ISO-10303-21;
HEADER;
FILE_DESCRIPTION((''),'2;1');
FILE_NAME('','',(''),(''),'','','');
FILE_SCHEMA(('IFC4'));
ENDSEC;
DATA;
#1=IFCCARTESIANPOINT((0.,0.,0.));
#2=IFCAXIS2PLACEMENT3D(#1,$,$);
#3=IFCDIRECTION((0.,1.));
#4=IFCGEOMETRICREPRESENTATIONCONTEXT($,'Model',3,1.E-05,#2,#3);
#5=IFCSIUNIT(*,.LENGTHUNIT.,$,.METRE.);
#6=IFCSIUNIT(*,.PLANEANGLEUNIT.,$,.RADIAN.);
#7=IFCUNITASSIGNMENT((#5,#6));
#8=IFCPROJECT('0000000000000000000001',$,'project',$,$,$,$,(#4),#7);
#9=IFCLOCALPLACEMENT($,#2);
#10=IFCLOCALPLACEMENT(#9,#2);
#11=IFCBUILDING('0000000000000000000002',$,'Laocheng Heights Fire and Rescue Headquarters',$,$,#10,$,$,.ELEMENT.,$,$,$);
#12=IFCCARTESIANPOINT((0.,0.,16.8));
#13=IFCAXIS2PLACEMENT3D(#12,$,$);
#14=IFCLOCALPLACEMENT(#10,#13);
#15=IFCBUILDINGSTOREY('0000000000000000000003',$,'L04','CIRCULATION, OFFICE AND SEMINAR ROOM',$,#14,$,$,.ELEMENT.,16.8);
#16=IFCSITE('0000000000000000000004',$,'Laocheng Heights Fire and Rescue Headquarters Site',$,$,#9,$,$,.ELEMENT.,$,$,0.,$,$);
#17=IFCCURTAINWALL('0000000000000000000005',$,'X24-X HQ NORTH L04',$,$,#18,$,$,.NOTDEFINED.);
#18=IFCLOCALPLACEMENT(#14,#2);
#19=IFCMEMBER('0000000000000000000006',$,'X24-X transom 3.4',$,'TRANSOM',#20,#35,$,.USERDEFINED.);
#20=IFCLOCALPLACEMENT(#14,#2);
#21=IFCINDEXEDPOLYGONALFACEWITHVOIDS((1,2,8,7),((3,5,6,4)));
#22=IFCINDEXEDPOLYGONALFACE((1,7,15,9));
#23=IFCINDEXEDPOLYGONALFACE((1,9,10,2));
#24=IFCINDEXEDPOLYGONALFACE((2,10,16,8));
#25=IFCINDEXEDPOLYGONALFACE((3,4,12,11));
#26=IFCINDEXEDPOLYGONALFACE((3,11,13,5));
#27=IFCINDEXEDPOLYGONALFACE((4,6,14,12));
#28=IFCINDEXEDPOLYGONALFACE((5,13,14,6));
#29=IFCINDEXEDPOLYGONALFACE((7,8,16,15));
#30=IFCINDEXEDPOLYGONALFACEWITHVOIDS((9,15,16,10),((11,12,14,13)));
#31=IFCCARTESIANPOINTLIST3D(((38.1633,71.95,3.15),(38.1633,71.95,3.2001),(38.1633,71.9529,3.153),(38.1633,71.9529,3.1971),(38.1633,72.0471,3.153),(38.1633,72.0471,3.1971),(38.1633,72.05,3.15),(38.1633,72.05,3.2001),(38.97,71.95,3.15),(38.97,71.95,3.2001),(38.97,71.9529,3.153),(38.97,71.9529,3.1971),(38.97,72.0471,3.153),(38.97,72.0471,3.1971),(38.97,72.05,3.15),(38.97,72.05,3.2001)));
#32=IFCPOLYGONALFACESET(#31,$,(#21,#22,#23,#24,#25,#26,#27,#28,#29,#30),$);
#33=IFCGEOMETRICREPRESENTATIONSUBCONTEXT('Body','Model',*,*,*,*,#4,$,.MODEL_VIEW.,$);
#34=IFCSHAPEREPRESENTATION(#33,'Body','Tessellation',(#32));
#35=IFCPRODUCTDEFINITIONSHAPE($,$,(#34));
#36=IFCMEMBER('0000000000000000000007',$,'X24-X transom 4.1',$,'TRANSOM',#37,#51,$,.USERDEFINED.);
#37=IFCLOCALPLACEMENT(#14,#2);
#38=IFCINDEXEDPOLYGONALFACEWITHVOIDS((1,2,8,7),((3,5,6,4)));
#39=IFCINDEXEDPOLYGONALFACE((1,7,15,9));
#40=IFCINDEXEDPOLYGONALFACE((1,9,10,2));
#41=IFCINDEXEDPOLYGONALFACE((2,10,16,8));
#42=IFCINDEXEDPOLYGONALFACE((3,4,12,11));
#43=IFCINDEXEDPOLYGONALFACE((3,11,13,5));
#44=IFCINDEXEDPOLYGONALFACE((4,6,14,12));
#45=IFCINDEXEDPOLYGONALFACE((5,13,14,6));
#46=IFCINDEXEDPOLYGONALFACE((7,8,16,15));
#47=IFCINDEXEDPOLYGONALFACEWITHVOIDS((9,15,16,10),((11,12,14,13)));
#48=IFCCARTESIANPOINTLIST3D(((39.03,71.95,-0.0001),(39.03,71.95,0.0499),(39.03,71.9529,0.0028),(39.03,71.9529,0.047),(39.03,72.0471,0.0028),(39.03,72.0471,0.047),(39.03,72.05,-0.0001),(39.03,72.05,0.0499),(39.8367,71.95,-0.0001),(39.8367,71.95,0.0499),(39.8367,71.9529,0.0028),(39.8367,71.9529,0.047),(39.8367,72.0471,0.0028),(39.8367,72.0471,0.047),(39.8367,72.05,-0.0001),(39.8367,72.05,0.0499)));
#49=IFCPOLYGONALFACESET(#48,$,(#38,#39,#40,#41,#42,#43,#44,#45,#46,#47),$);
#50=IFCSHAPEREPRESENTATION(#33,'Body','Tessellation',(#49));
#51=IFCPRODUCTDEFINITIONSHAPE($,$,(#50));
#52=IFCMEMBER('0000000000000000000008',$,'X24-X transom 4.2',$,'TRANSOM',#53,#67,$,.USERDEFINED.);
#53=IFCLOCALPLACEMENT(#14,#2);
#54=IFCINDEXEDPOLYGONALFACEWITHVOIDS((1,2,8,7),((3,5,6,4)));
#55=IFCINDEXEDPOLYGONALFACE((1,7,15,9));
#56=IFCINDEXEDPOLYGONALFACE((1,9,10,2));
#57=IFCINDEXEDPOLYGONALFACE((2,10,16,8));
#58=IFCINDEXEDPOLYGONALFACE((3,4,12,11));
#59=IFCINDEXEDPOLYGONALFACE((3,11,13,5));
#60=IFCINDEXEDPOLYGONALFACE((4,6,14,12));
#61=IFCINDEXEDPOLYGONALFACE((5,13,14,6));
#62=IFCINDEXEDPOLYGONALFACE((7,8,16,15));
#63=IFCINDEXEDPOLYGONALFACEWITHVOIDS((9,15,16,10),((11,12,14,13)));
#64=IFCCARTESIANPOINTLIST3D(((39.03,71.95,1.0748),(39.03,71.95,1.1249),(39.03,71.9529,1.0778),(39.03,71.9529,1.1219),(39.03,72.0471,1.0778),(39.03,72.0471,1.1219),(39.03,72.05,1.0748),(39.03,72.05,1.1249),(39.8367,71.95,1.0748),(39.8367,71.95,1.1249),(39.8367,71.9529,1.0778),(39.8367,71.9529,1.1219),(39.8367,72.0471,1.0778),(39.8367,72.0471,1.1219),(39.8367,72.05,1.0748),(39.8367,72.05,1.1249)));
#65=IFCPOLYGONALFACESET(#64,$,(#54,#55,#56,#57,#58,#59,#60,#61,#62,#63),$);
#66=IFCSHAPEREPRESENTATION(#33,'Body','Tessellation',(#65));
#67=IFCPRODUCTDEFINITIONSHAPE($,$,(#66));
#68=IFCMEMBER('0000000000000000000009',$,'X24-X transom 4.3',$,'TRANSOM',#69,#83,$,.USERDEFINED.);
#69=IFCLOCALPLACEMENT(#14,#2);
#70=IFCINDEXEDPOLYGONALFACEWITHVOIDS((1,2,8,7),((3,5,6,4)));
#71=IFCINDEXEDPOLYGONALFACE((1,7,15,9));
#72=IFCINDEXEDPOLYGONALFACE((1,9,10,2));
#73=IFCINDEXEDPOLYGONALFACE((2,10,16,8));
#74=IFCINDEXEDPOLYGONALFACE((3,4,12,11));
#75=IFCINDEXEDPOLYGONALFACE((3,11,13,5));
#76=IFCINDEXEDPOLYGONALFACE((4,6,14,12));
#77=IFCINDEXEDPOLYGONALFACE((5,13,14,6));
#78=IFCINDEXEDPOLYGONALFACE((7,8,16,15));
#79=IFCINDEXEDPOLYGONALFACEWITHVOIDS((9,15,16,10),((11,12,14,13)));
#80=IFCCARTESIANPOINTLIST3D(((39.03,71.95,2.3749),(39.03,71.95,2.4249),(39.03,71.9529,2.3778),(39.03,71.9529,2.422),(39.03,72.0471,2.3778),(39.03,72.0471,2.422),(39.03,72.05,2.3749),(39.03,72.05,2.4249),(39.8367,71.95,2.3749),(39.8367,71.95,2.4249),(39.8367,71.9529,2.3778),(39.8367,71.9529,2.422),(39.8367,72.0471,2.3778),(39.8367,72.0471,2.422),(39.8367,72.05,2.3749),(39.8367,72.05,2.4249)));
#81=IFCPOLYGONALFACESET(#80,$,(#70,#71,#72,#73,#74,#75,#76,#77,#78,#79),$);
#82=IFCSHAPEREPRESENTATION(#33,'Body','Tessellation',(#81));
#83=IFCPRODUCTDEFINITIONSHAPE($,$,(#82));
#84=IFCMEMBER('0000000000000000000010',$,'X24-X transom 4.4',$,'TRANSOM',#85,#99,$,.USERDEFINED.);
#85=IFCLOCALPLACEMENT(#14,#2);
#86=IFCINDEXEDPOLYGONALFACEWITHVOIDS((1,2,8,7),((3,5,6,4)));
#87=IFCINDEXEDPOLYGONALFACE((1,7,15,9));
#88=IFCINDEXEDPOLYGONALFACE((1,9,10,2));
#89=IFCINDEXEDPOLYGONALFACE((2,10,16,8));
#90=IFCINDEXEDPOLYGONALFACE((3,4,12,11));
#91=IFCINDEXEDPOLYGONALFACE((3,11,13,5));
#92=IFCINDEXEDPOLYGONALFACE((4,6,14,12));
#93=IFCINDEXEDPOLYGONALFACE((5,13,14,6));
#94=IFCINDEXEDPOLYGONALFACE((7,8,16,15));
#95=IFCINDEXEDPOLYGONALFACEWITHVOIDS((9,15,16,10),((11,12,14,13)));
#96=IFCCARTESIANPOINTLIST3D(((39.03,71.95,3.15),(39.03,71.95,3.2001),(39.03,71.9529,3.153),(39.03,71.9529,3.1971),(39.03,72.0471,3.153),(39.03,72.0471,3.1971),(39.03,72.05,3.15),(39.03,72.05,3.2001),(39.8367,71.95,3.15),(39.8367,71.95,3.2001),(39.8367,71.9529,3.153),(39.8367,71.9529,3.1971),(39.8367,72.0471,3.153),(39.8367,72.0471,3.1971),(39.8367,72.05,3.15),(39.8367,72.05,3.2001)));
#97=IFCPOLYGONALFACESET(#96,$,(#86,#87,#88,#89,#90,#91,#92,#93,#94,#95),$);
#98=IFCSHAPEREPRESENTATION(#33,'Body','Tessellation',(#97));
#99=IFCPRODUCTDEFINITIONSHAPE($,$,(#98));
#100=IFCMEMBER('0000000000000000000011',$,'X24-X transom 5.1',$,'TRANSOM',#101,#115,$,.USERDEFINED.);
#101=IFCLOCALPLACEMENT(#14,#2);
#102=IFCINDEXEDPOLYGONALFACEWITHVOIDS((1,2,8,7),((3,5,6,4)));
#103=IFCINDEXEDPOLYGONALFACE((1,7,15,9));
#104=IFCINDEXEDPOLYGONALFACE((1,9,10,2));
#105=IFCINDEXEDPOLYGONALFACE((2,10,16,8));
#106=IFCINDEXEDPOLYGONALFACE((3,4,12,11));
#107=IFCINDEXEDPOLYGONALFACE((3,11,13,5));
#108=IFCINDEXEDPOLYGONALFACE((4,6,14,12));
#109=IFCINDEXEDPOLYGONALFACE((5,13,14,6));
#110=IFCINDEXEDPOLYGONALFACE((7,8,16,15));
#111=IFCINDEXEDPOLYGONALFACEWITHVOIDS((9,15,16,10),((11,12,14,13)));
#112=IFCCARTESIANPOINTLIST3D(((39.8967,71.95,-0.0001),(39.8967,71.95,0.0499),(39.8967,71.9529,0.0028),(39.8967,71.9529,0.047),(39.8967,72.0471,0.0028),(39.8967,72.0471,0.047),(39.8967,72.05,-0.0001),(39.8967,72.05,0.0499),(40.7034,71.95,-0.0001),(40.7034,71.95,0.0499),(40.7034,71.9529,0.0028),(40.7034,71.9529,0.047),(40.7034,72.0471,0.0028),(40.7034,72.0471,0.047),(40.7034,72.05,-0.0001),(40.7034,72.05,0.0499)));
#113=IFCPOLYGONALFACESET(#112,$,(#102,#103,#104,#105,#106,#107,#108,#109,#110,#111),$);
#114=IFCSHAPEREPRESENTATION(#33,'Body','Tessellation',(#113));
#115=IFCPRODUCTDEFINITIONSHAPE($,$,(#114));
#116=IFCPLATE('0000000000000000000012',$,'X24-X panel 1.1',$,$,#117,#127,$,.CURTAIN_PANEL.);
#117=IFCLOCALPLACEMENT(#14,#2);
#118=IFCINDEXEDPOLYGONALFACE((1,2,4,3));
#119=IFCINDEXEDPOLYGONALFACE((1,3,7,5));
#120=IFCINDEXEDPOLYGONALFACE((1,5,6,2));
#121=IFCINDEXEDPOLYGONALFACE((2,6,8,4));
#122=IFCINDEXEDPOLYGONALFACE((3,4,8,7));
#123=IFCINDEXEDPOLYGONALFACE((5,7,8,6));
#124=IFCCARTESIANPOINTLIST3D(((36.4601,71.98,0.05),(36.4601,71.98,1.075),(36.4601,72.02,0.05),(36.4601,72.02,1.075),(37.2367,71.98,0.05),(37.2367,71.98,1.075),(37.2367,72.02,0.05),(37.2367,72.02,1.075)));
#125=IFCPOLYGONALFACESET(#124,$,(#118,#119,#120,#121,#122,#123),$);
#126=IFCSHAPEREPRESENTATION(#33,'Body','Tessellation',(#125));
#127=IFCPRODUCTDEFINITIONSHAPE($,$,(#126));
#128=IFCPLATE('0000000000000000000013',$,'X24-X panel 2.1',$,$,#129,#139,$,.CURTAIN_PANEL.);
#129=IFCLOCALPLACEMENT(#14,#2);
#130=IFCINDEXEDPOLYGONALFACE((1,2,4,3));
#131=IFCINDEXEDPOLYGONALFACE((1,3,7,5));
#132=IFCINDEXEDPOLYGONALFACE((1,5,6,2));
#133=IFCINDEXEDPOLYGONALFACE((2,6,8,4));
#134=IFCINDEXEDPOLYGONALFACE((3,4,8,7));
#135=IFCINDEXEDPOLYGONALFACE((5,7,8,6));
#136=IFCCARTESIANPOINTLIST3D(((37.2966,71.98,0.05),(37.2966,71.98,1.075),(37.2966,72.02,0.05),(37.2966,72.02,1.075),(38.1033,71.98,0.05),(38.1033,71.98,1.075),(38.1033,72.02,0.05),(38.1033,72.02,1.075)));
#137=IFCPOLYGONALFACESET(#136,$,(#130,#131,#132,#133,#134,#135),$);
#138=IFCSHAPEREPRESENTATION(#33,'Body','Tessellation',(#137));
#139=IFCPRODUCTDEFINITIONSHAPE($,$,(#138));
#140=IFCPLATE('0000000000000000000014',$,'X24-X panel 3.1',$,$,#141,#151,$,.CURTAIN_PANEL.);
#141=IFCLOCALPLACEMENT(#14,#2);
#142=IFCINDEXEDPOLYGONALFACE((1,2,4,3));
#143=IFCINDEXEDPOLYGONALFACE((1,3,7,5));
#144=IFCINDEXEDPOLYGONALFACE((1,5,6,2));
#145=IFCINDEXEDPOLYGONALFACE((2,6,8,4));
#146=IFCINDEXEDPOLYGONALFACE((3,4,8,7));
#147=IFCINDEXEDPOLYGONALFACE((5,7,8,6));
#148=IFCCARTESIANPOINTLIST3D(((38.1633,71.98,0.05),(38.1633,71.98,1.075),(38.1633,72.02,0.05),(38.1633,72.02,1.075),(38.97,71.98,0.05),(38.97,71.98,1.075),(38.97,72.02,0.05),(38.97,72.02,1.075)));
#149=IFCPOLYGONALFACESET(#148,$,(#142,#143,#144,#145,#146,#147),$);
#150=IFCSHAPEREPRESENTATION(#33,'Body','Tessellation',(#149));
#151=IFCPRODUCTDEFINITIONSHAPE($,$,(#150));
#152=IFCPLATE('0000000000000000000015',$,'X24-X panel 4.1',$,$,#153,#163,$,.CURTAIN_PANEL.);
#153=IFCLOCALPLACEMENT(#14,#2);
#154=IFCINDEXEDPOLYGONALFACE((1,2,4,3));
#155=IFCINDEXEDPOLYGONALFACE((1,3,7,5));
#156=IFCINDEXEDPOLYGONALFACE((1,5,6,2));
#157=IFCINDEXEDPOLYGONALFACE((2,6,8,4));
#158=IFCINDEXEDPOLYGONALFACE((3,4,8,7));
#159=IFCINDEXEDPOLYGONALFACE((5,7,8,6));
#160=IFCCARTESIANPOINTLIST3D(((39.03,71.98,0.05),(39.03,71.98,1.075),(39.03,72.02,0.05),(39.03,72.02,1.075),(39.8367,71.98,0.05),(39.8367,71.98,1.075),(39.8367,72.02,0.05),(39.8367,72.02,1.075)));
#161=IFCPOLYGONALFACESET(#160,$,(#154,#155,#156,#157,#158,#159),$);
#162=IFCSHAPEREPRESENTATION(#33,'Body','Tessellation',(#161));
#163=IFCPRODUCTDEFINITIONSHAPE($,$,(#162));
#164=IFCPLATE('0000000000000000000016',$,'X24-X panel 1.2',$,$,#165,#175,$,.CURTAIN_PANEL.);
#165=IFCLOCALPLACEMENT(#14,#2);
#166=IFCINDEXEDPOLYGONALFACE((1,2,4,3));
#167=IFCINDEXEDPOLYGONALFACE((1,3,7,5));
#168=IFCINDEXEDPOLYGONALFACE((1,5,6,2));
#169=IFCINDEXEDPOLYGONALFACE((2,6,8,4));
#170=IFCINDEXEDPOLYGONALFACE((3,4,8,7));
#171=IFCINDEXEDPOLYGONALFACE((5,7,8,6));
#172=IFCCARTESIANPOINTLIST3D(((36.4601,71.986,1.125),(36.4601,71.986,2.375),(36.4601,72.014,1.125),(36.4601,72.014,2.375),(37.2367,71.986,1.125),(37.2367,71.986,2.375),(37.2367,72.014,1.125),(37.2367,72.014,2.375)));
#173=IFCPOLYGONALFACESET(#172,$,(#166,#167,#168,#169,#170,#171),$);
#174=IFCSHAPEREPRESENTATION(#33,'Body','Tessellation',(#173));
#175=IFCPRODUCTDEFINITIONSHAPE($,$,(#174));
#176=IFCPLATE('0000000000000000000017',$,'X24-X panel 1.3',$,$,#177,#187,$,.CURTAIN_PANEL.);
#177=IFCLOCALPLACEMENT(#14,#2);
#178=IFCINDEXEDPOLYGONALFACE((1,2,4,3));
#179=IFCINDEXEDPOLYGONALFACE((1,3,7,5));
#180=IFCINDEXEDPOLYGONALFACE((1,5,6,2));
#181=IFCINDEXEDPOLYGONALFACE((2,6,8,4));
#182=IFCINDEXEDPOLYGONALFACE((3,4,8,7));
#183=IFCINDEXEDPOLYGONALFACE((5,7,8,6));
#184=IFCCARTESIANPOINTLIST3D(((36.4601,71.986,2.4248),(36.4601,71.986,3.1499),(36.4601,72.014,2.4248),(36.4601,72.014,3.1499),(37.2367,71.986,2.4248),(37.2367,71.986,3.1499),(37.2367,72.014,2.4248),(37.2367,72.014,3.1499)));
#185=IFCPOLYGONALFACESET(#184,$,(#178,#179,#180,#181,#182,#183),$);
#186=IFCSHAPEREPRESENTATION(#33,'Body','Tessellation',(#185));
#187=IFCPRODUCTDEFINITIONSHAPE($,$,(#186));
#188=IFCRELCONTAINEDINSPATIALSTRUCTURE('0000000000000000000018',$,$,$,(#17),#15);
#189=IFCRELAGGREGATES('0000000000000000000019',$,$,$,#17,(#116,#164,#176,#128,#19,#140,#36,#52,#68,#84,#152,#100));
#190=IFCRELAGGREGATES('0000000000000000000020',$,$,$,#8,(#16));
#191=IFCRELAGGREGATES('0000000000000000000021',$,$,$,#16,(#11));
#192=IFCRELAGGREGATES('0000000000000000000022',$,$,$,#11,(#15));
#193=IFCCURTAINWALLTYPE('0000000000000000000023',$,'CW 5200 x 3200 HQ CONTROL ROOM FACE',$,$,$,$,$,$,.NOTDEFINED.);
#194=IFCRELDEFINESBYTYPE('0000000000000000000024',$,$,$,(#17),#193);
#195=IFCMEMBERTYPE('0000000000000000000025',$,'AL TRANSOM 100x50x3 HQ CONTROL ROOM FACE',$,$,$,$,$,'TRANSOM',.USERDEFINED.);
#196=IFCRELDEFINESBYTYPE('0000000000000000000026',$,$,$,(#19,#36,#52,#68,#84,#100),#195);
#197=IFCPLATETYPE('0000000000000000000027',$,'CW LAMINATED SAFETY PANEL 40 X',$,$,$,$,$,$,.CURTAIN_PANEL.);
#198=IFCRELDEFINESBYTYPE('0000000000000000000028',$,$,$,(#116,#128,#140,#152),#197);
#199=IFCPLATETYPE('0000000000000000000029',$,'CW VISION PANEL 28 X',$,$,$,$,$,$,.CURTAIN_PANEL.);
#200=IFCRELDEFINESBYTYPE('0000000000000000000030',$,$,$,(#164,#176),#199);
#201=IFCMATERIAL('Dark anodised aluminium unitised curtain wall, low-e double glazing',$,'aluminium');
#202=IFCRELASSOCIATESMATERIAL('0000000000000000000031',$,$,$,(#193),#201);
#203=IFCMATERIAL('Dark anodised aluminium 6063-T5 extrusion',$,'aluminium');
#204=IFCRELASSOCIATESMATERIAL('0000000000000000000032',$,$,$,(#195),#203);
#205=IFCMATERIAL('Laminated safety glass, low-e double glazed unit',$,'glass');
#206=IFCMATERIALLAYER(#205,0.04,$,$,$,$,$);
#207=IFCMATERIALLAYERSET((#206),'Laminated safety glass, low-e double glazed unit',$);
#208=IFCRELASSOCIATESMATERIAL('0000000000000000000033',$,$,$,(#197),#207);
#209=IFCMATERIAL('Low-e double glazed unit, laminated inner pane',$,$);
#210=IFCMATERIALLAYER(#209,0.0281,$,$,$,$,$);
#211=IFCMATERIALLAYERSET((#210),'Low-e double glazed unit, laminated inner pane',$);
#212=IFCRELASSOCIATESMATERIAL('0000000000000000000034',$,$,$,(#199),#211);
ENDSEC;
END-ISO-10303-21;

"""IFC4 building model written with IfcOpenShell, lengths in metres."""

from ifc_helpers import new_model, si_unit, direction, frame, origin, origin_2d, place, context, subcontext, project, spatial, rectangle, hollow_rectangle, extrude, material, layer, layer_set, material_profile, profile_set, type_object, element, aggregate, save


model = new_model("IFC4")

# Units and contexts
model_context = context("Model", 3, precision=1e-05, world=origin(), true_north=direction((0.0, 1.0)))
body_context = subcontext(model_context, "Body", "Model", "MODEL_VIEW")
ifc_project = project(units=[si_unit("LENGTHUNIT", "METRE"), si_unit("PLANEANGLEUNIT", "RADIAN")], contexts=[model_context])

# Site, building, storey
site_placement = place(None, origin())
site = spatial("IfcSite", under=ifc_project, at=site_placement, Name="Laocheng Heights Fire and Rescue Headquarters Site", CompositionType="ELEMENT", RefElevation=0.0)
building_placement = place(site_placement, origin())
building = spatial("IfcBuilding", under=site, at=building_placement, Name="Laocheng Heights Fire and Rescue Headquarters", CompositionType="ELEMENT")
storey_placement = place(building_placement, frame((0.0, 0.0, 16.8)))
storey = spatial("IfcBuildingStorey", under=building, at=storey_placement, Name="L04", Description="CIRCULATION, OFFICE AND SEMINAR ROOM", CompositionType="ELEMENT", Elevation=16.8)

# Curtain wall, members, plates
ifc_material_1 = material(Name="Dark anodised aluminium unitised curtain wall, low-e double glazing", Category="aluminium")
curtain_wall_type = type_object("IfcCurtainWallType", Name="CW 5200 x 3200 HQ CONTROL ROOM FACE", PredefinedType="NOTDEFINED", material=ifc_material_1)
curtain_wall_placement = place(storey_placement, origin())
curtain_wall = element("IfcCurtainWall", 1, at=curtain_wall_placement, inside=storey, type_object=curtain_wall_type, Name="X24-X HQ NORTH L04", PredefinedType="NOTDEFINED")
ifc_material_2 = material(Name="Dark anodised aluminium 6063-T5 extrusion", Category="aluminium")
ifc_material_profile_1 = material_profile(ifc_material_2, hollow_rectangle(XDim=0.1001, YDim=0.05, WallThickness=0.0029, at=origin_2d()), Name="AL TRANSOM 100x50x3 HQ CONTROL ROOM FACE")
ifc_profile_set_1 = profile_set([ifc_material_profile_1], Name="Dark anodised aluminium 6063-T5 extrusion")
member_type_1 = type_object("IfcMemberType", Name="AL TRANSOM 100x50x3 HQ CONTROL ROOM FACE", ElementType="TRANSOM", PredefinedType="USERDEFINED", material=ifc_profile_set_1)
member_1_placement = place(storey_placement, frame((38.1633, 72.0, 3.175), z_axis=(1.0, 0.0, 0.0), x_axis=(0.0, 1.0, 0.0)))
member_1 = element("IfcMember", 2, at=member_1_placement, type_object=member_type_1, Name="X24-X transom 3.4", ObjectType="TRANSOM", PredefinedType="USERDEFINED", context=body_context, shape_type="SweptSolid", body=[
    extrude(hollow_rectangle(XDim=0.1001, YDim=0.05, WallThickness=0.0029, at=origin_2d()), origin(), (0.0, 0.0, 1.0), 0.8066),
])
member_2_placement = place(storey_placement, frame((39.03, 72.0, 0.0249), z_axis=(1.0, 0.0, 0.0), x_axis=(0.0, 1.0, 0.0)))
member_2 = element("IfcMember", 3, at=member_2_placement, type_object=member_type_1, Name="X24-X transom 4.1", ObjectType="TRANSOM", PredefinedType="USERDEFINED", context=body_context, shape_type="SweptSolid", body=[
    extrude(hollow_rectangle(XDim=0.1001, YDim=0.05, WallThickness=0.0029, at=origin_2d()), origin(), (0.0, 0.0, 1.0), 0.8066),
])
member_3_placement = place(storey_placement, frame((39.03, 72.0, 1.0999), z_axis=(1.0, 0.0, 0.0), x_axis=(0.0, 1.0, 0.0)))
member_3 = element("IfcMember", 4, at=member_3_placement, type_object=member_type_1, Name="X24-X transom 4.2", ObjectType="TRANSOM", PredefinedType="USERDEFINED", context=body_context, shape_type="SweptSolid", body=[
    extrude(hollow_rectangle(XDim=0.1001, YDim=0.05, WallThickness=0.0029, at=origin_2d()), origin(), (0.0, 0.0, 1.0), 0.8066),
])
member_4_placement = place(storey_placement, frame((39.03, 72.0, 2.3999), z_axis=(1.0, 0.0, 0.0), x_axis=(0.0, 1.0, 0.0)))
member_4 = element("IfcMember", 5, at=member_4_placement, type_object=member_type_1, Name="X24-X transom 4.3", ObjectType="TRANSOM", PredefinedType="USERDEFINED", context=body_context, shape_type="SweptSolid", body=[
    extrude(hollow_rectangle(XDim=0.1001, YDim=0.05, WallThickness=0.0029, at=origin_2d()), origin(), (0.0, 0.0, 1.0), 0.8066),
])
member_5_placement = place(storey_placement, frame((39.03, 72.0, 3.175), z_axis=(1.0, 0.0, 0.0), x_axis=(0.0, 1.0, 0.0)))
member_5 = element("IfcMember", 6, at=member_5_placement, type_object=member_type_1, Name="X24-X transom 4.4", ObjectType="TRANSOM", PredefinedType="USERDEFINED", context=body_context, shape_type="SweptSolid", body=[
    extrude(hollow_rectangle(XDim=0.1001, YDim=0.05, WallThickness=0.0029, at=origin_2d()), origin(), (0.0, 0.0, 1.0), 0.8066),
])
member_6_placement = place(storey_placement, frame((39.8967, 72.0, 0.0249), z_axis=(1.0, 0.0, 0.0), x_axis=(0.0, 1.0, 0.0)))
member_6 = element("IfcMember", 7, at=member_6_placement, type_object=member_type_1, Name="X24-X transom 5.1", ObjectType="TRANSOM", PredefinedType="USERDEFINED", context=body_context, shape_type="SweptSolid", body=[
    extrude(hollow_rectangle(XDim=0.1001, YDim=0.05, WallThickness=0.0029, at=origin_2d()), origin(), (0.0, 0.0, 1.0), 0.8066),
])
ifc_material_3 = material(Name="Laminated safety glass, low-e double glazed unit", Category="glass")
ifc_layer_1 = layer(ifc_material_3, 0.04)
ifc_layer_set_1 = layer_set([ifc_layer_1], Name="Laminated safety glass, low-e double glazed unit")
plate_type_1 = type_object("IfcPlateType", Name="CW LAMINATED SAFETY PANEL 40 X", PredefinedType="CURTAIN_PANEL", material=ifc_layer_set_1)
plate_1_placement = place(storey_placement, frame((36.8484, 72.0, 0.05), z_axis=(0.0, 0.0, 1.0), x_axis=(1.0, 0.0, 0.0)))
plate_1 = element("IfcPlate", 8, at=plate_1_placement, type_object=plate_type_1, Name="X24-X panel 1.1", PredefinedType="CURTAIN_PANEL", context=body_context, shape_type="SweptSolid", body=[
    extrude(rectangle(XDim=0.7766, YDim=0.04, at=origin_2d()), origin(), (0.0, 0.0, 1.0), 1.0249),
])
plate_2_placement = place(storey_placement, frame((37.7, 72.0, 0.05), z_axis=(0.0, 0.0, 1.0), x_axis=(1.0, 0.0, 0.0)))
plate_2 = element("IfcPlate", 9, at=plate_2_placement, type_object=plate_type_1, Name="X24-X panel 2.1", PredefinedType="CURTAIN_PANEL", context=body_context, shape_type="SweptSolid", body=[
    extrude(rectangle(XDim=0.8066, YDim=0.04, at=origin_2d()), origin(), (0.0, 0.0, 1.0), 1.0249),
])
plate_3_placement = place(storey_placement, frame((38.5667, 72.0, 0.05), z_axis=(0.0, 0.0, 1.0), x_axis=(1.0, 0.0, 0.0)))
plate_3 = element("IfcPlate", 10, at=plate_3_placement, type_object=plate_type_1, Name="X24-X panel 3.1", PredefinedType="CURTAIN_PANEL", context=body_context, shape_type="SweptSolid", body=[
    extrude(rectangle(XDim=0.8066, YDim=0.04, at=origin_2d()), origin(), (0.0, 0.0, 1.0), 1.0249),
])
plate_4_placement = place(storey_placement, frame((39.4333, 72.0, 0.05), z_axis=(0.0, 0.0, 1.0), x_axis=(1.0, 0.0, 0.0)))
plate_4 = element("IfcPlate", 11, at=plate_4_placement, type_object=plate_type_1, Name="X24-X panel 4.1", PredefinedType="CURTAIN_PANEL", context=body_context, shape_type="SweptSolid", body=[
    extrude(rectangle(XDim=0.8066, YDim=0.04, at=origin_2d()), origin(), (0.0, 0.0, 1.0), 1.0249),
])
ifc_material_4 = material(Name="Low-e double glazed unit, laminated inner pane")
ifc_layer_2 = layer(ifc_material_4, 0.0281)
ifc_layer_set_2 = layer_set([ifc_layer_2], Name="Low-e double glazed unit, laminated inner pane")
plate_type_2 = type_object("IfcPlateType", Name="CW VISION PANEL 28 X", PredefinedType="CURTAIN_PANEL", material=ifc_layer_set_2)
plate_5_placement = place(storey_placement, frame((36.8484, 72.0, 1.125), z_axis=(0.0, 0.0, 1.0), x_axis=(1.0, 0.0, 0.0)))
plate_5 = element("IfcPlate", 12, at=plate_5_placement, type_object=plate_type_2, Name="X24-X panel 1.2", PredefinedType="CURTAIN_PANEL", context=body_context, shape_type="SweptSolid", body=[
    extrude(rectangle(XDim=0.7766, YDim=0.0281, at=origin_2d()), origin(), (0.0, 0.0, 1.0), 1.25),
])
plate_6_placement = place(storey_placement, frame((36.8484, 72.0, 2.4248), z_axis=(0.0, 0.0, 1.0), x_axis=(1.0, 0.0, 0.0)))
plate_6 = element("IfcPlate", 13, at=plate_6_placement, type_object=plate_type_2, Name="X24-X panel 1.3", PredefinedType="CURTAIN_PANEL", context=body_context, shape_type="SweptSolid", body=[
    extrude(rectangle(XDim=0.7766, YDim=0.0281, at=origin_2d()), origin(), (0.0, 0.0, 1.0), 0.7251),
])
aggregate(curtain_wall, [plate_1, plate_5, plate_6, plate_2, member_1, plate_3, member_2, member_3, member_4, member_5, plate_4, member_6])

save(model, "model.ifc")
